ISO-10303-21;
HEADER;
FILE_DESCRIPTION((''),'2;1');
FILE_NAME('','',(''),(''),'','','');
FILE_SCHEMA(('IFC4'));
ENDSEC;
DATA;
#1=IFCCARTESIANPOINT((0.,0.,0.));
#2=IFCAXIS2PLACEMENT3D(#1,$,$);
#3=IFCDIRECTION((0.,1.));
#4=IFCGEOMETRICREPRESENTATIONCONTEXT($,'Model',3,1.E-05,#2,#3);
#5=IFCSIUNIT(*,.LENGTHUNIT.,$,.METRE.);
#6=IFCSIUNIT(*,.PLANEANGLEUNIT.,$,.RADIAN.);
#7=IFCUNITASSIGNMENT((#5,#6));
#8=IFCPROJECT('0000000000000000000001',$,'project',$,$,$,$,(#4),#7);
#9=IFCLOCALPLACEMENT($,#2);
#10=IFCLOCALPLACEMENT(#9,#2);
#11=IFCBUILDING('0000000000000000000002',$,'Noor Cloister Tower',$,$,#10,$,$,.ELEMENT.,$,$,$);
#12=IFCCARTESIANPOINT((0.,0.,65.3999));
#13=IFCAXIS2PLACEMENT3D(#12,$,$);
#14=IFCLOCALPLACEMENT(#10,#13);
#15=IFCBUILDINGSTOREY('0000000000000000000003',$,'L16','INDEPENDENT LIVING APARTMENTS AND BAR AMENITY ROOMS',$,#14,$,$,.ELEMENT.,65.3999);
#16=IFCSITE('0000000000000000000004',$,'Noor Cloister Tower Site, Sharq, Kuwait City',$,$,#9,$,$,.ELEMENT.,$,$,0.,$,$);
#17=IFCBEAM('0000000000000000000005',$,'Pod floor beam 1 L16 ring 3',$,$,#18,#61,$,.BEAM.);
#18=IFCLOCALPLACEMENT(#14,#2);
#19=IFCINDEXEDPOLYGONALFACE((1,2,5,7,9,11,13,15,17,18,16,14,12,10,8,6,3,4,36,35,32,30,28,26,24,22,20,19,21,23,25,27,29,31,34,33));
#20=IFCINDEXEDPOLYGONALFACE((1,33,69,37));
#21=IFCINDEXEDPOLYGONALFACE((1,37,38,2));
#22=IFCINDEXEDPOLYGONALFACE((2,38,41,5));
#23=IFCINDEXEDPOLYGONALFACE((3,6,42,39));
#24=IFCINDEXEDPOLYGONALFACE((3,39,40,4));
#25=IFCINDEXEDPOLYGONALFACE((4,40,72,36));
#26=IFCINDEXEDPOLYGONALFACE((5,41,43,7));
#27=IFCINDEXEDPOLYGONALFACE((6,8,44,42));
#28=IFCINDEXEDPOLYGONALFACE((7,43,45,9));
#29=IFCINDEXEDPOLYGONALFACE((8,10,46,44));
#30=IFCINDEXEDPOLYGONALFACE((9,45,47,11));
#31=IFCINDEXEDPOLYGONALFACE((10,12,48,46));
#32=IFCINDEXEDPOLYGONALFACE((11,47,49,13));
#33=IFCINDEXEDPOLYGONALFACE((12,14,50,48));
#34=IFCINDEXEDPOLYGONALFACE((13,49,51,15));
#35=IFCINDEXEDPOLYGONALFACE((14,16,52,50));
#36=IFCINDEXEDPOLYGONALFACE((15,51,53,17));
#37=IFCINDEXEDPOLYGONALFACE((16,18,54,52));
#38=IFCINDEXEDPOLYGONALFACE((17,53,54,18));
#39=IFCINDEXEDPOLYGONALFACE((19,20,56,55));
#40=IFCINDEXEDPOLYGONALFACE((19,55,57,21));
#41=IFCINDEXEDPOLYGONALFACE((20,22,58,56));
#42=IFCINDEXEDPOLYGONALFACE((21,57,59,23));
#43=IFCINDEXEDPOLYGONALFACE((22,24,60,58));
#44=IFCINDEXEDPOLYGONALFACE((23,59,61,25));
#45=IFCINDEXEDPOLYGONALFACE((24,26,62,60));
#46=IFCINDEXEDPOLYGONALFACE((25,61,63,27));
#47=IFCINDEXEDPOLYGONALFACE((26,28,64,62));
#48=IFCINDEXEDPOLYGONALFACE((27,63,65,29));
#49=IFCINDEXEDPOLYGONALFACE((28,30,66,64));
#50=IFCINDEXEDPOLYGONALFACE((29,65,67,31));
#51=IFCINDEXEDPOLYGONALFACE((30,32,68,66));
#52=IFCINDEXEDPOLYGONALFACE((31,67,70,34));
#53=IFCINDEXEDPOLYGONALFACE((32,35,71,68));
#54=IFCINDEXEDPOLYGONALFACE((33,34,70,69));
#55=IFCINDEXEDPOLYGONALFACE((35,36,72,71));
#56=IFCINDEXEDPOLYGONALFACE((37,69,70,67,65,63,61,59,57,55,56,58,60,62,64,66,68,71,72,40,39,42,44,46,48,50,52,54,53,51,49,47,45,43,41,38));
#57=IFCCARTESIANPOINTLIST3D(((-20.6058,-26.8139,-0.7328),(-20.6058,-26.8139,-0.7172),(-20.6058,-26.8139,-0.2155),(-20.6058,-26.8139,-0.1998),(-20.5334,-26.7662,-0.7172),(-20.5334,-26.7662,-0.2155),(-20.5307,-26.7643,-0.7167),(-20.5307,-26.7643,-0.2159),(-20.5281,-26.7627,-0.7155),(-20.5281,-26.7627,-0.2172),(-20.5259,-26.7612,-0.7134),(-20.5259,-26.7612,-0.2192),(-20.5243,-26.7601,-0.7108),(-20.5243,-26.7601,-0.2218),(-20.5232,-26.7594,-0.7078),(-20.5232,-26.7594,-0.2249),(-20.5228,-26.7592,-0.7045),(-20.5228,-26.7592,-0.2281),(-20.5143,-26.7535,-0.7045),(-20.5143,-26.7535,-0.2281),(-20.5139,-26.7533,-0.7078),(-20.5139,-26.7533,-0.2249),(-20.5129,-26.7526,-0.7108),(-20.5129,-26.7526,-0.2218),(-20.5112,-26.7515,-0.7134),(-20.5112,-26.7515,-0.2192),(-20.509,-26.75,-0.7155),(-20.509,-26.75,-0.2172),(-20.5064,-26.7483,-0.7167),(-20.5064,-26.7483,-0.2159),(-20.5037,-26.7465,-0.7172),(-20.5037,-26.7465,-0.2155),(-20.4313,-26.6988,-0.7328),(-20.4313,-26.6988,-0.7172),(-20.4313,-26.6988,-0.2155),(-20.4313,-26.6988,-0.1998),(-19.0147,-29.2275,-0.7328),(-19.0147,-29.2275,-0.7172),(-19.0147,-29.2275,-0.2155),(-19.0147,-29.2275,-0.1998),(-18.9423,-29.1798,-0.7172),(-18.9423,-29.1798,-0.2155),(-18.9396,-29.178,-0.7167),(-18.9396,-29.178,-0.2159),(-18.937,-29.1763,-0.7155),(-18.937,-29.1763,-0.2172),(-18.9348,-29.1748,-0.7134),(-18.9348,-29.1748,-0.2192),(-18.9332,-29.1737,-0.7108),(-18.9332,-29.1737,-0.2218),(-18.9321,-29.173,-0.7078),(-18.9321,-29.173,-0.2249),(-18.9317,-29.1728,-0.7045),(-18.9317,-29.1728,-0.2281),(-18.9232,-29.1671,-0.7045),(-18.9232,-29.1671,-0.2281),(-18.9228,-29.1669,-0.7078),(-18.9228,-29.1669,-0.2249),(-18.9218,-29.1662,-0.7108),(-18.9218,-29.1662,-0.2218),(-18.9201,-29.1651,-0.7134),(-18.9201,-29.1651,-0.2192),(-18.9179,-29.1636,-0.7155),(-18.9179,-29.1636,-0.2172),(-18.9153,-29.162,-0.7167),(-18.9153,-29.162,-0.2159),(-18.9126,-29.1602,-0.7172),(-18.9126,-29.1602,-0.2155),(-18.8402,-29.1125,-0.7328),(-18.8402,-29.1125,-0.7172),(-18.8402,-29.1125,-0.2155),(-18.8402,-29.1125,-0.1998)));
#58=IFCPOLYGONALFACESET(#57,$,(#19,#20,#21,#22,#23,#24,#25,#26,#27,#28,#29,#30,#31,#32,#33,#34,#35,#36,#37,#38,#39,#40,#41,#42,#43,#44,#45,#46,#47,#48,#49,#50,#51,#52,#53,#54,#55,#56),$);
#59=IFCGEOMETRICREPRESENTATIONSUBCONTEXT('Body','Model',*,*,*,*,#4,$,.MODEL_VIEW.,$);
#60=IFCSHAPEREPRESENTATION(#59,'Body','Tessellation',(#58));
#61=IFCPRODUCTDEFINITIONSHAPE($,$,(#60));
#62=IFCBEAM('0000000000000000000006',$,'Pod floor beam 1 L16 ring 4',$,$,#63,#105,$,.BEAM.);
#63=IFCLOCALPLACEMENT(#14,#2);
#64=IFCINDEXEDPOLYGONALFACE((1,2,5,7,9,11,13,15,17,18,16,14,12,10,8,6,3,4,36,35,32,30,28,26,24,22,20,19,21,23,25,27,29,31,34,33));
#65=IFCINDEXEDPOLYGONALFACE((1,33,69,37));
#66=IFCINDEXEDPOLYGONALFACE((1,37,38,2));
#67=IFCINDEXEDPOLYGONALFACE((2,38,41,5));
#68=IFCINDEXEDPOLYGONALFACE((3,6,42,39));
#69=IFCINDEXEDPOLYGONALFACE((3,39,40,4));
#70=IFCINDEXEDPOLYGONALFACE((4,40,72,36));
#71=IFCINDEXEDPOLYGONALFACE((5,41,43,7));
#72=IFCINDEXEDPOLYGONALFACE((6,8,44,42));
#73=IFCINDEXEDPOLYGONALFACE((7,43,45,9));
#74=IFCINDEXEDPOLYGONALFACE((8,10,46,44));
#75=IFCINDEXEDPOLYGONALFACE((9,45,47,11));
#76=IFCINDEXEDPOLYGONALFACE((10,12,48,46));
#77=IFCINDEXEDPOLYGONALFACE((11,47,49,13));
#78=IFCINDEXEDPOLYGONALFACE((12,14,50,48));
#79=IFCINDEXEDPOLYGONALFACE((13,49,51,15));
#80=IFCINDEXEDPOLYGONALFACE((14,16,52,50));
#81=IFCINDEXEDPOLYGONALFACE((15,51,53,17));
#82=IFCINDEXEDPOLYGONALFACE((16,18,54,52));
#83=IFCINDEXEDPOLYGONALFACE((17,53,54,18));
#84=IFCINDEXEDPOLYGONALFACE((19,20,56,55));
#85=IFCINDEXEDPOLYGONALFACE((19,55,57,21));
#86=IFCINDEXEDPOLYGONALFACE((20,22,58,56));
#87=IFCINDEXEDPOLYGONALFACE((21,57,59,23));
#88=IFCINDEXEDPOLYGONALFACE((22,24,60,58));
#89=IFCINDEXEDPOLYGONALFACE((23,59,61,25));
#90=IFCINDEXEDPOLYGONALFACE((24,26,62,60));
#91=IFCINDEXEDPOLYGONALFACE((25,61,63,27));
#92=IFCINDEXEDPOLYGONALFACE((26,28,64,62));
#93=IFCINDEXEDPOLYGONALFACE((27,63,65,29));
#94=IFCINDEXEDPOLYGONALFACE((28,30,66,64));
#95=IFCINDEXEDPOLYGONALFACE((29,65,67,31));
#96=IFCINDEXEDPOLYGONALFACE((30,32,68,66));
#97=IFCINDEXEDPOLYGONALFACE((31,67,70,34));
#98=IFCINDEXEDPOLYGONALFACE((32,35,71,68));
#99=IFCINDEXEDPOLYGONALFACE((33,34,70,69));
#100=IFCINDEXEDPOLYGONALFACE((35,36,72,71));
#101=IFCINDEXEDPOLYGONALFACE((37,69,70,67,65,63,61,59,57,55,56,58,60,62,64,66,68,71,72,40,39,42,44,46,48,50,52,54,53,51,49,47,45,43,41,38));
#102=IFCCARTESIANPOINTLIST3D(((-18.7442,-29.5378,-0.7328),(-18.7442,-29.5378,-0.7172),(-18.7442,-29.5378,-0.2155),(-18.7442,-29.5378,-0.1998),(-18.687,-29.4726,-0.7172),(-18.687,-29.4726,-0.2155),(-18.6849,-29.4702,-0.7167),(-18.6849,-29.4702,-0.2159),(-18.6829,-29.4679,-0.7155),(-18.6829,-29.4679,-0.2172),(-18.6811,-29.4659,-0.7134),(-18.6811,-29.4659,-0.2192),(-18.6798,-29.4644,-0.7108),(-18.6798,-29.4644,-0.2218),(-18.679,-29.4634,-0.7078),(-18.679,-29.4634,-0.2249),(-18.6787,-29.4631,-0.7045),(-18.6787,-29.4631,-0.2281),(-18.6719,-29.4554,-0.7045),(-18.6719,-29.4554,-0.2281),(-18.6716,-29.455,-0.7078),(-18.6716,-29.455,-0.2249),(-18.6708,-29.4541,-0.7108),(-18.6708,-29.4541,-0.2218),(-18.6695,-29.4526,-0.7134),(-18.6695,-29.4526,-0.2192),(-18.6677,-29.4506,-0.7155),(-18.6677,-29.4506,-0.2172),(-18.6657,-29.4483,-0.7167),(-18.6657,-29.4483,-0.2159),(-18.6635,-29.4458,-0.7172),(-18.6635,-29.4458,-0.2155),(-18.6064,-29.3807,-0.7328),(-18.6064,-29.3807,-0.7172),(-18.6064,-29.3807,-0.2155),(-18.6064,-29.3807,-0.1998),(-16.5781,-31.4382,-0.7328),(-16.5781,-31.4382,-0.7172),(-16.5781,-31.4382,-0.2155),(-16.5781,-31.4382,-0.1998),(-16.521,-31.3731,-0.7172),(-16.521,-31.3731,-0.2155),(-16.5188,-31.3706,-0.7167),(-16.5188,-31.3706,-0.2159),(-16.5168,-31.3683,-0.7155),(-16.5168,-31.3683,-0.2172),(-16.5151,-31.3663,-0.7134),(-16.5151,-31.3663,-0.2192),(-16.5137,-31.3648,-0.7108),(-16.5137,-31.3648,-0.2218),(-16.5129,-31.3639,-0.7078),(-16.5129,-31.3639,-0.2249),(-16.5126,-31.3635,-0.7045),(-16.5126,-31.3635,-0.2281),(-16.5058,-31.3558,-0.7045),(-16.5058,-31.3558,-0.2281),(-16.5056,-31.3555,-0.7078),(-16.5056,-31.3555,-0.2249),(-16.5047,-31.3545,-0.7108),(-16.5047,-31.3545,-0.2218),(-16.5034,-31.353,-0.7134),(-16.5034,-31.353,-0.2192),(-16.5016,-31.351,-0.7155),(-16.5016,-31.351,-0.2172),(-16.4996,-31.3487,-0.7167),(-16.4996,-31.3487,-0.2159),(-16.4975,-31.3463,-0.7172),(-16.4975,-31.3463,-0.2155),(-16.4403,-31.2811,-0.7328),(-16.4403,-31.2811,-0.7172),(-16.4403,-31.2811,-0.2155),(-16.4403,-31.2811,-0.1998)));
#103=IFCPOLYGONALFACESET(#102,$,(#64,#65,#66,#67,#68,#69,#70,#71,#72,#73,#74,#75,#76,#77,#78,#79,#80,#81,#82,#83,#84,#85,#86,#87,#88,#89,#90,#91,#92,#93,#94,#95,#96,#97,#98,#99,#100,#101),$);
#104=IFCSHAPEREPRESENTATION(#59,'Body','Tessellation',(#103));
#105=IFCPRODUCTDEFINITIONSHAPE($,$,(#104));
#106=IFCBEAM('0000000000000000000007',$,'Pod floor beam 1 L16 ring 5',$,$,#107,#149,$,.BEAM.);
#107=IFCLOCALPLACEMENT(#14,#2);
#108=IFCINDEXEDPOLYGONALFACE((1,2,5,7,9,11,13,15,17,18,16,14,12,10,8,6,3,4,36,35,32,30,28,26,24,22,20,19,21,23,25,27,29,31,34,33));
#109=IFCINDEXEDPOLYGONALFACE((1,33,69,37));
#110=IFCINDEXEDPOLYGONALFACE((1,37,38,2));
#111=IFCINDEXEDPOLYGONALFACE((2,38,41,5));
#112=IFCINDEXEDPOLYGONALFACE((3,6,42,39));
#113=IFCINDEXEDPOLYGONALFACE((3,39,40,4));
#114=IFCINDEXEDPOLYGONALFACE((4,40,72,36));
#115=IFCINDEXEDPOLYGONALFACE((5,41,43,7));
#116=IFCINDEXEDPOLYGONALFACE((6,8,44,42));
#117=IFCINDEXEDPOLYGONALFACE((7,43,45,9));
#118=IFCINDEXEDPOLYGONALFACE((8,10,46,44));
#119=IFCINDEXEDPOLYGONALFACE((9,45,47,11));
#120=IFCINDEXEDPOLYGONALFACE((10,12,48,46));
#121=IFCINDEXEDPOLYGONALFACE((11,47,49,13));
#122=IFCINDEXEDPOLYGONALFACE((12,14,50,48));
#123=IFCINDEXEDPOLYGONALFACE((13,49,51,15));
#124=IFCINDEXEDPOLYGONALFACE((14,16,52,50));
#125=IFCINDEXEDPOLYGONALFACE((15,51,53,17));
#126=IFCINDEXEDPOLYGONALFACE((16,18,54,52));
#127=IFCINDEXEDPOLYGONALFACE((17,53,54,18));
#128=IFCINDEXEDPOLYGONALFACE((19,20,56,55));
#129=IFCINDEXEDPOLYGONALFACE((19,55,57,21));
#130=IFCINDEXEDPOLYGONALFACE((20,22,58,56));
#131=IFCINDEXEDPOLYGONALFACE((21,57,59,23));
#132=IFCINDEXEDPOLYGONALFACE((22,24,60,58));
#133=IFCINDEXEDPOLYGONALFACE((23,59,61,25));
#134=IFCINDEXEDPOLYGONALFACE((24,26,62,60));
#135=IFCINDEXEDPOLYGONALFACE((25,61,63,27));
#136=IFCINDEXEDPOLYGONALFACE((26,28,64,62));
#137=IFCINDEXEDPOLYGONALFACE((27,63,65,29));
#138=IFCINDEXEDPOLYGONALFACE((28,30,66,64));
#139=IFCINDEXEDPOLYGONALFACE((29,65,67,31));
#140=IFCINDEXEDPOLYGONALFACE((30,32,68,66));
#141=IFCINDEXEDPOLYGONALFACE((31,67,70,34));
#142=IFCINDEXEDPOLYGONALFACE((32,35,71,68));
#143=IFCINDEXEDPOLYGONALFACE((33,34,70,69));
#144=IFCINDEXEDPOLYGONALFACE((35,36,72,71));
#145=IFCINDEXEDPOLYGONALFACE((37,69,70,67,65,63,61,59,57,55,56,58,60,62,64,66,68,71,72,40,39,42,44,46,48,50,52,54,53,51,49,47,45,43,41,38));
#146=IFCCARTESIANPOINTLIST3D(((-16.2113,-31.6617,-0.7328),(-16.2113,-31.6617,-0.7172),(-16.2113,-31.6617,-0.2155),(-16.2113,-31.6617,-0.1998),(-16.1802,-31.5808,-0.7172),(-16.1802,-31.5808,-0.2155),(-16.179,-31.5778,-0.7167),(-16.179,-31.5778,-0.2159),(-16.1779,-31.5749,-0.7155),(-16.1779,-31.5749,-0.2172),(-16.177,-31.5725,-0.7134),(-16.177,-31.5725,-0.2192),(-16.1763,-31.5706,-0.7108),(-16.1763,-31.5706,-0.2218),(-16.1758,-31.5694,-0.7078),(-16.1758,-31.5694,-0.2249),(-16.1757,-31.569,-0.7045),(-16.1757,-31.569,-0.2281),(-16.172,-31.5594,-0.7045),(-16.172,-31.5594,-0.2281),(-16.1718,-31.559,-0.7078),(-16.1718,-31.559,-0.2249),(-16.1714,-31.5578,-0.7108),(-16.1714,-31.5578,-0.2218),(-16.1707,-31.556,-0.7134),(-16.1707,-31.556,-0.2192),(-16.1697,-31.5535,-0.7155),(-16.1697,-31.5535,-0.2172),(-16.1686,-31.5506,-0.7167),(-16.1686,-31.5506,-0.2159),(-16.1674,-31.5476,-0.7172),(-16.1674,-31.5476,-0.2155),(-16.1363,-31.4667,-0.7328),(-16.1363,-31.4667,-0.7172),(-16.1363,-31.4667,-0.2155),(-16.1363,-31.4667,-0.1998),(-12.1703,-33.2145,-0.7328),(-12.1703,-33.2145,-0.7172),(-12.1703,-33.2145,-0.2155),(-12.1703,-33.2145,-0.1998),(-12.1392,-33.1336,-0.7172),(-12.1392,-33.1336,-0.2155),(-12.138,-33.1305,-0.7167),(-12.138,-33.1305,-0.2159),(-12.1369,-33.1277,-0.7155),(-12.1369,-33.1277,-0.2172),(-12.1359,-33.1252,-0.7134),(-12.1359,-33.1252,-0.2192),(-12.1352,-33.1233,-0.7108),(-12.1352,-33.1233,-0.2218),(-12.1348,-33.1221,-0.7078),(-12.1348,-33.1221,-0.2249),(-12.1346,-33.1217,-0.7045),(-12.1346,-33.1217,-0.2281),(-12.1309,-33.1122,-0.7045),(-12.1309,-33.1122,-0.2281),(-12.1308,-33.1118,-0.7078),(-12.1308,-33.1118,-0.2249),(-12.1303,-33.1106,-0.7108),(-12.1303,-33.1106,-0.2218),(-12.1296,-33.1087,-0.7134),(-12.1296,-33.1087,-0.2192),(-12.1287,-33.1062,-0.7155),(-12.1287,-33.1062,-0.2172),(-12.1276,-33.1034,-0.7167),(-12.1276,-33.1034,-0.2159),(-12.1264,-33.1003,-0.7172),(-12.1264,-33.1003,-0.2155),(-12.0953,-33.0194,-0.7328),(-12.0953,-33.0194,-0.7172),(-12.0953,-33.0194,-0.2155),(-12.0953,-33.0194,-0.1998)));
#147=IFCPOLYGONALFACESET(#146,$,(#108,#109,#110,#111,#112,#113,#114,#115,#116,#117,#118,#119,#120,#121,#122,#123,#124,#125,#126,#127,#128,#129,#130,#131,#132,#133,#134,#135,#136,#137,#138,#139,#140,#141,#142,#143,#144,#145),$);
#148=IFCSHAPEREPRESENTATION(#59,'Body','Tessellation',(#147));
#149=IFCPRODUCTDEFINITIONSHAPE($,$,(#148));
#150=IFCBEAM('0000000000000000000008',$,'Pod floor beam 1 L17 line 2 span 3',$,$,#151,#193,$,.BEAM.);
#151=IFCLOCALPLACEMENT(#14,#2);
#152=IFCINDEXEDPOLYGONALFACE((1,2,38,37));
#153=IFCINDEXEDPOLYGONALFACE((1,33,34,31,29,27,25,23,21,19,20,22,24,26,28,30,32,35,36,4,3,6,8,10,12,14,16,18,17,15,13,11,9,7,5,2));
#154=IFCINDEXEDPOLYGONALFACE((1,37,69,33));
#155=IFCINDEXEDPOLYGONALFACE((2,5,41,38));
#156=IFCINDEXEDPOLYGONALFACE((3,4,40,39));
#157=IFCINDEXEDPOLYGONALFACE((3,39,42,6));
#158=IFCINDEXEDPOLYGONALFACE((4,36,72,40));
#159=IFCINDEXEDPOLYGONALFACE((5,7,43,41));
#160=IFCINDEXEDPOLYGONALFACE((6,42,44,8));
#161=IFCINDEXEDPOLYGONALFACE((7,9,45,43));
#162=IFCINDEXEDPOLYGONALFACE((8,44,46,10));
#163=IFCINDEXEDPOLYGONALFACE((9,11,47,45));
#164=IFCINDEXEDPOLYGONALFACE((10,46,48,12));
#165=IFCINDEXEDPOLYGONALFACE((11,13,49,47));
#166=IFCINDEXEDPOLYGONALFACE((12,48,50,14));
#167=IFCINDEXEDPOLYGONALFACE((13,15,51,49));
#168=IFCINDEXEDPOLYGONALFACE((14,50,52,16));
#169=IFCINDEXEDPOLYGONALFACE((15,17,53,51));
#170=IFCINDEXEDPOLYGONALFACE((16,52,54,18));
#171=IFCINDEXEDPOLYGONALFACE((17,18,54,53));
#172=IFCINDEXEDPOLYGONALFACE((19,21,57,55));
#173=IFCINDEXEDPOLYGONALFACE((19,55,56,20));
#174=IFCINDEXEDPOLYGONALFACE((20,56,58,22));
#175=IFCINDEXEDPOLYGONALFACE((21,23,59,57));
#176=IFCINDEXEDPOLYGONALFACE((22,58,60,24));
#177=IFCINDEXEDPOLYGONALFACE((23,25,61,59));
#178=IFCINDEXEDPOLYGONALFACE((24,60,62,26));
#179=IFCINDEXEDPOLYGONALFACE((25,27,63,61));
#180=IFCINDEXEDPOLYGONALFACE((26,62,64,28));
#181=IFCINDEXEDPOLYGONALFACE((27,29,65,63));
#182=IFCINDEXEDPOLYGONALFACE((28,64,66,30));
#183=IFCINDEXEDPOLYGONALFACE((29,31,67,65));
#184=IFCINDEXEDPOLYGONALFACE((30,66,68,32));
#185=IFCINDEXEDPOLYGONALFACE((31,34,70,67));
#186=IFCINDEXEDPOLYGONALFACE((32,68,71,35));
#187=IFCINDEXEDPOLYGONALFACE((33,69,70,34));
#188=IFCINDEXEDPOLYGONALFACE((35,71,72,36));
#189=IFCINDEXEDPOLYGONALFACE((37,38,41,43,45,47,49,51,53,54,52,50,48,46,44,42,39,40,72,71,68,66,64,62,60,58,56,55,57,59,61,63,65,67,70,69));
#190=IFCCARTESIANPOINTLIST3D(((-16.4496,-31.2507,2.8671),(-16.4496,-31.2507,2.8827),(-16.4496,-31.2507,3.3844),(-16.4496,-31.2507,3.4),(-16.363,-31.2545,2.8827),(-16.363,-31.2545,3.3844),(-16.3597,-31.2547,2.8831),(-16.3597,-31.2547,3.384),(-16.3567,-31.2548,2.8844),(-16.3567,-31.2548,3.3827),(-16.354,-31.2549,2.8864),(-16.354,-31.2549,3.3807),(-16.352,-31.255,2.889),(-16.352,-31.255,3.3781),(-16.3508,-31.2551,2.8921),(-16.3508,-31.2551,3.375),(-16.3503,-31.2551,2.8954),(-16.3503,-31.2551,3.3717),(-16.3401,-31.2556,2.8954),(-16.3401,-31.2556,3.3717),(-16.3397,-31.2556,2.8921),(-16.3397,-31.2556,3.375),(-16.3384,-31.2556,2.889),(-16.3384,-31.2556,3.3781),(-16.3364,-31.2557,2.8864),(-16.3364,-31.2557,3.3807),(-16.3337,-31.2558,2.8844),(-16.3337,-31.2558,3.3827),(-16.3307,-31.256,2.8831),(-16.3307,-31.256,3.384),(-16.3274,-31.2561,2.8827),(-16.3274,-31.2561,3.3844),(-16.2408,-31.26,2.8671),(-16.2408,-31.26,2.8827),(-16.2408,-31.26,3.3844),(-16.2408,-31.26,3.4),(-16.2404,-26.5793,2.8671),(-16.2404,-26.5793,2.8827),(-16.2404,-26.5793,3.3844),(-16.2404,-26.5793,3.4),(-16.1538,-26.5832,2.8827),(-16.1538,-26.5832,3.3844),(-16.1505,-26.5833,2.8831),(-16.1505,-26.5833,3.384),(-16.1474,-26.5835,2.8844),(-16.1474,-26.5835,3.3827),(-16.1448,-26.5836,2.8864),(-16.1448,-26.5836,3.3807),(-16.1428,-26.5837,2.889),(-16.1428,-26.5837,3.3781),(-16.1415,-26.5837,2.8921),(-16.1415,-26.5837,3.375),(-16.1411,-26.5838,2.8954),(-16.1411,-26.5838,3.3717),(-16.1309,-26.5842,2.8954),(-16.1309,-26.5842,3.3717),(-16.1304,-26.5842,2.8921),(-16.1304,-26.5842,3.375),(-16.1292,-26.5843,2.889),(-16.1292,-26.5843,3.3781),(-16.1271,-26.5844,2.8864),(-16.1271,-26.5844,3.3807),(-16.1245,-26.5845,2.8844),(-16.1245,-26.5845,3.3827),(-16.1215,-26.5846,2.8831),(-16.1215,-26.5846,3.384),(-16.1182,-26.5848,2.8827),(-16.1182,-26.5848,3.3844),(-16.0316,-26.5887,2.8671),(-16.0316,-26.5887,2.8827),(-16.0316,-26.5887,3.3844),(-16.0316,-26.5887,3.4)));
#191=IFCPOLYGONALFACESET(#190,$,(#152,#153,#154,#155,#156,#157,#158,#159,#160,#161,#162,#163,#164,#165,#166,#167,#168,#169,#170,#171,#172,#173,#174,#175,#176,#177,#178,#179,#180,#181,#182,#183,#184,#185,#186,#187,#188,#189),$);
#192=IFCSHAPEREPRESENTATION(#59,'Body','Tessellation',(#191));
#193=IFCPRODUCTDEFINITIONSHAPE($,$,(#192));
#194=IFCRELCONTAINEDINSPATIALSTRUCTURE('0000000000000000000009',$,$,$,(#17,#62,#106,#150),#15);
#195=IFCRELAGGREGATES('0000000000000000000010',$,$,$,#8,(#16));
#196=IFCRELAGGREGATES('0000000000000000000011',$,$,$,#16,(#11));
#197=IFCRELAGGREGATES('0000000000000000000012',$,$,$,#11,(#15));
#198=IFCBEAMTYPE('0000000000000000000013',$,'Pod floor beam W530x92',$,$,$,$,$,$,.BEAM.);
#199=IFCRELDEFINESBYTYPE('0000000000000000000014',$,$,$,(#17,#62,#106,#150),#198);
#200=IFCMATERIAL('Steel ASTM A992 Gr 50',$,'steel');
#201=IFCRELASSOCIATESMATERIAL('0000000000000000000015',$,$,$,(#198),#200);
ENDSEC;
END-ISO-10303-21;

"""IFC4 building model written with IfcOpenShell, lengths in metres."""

from ifc_helpers import new_model, si_unit, direction, frame, origin, origin_2d, place, context, subcontext, project, spatial, i_section, extrude, material, material_profile, profile_set, type_object, element, save


model = new_model("IFC4")

# Units and contexts
model_context = context("Model", 3, precision=1e-05, world=origin(), true_north=direction((0.0, 1.0)))
body_context = subcontext(model_context, "Body", "Model", "MODEL_VIEW")
ifc_project = project(units=[si_unit("LENGTHUNIT", "METRE"), si_unit("PLANEANGLEUNIT", "RADIAN")], contexts=[model_context])

# Site, building, storey
site_placement = place(None, origin())
site = spatial("IfcSite", under=ifc_project, at=site_placement, Name="Noor Cloister Tower Site, Sharq, Kuwait City", CompositionType="ELEMENT", RefElevation=0.0)
building_placement = place(site_placement, origin())
building = spatial("IfcBuilding", under=site, at=building_placement, Name="Noor Cloister Tower", CompositionType="ELEMENT")
storey_placement = place(building_placement, frame((0.0, 0.0, 65.3999)))
storey = spatial("IfcBuildingStorey", under=building, at=storey_placement, Name="L16", Description="INDEPENDENT LIVING APARTMENTS AND BAR AMENITY ROOMS", CompositionType="ELEMENT", Elevation=65.3999)

# Beams
ifc_material_1 = material(Name="Steel ASTM A992 Gr 50", Category="steel")
ifc_material_profile_1 = material_profile(ifc_material_1, i_section(OverallWidth=0.209, OverallDepth=0.533, WebThickness=0.0103, FlangeThickness=0.0156, FilletRadius=0.0127, at=origin_2d()), Name="W530x92")
ifc_profile_set_1 = profile_set([ifc_material_profile_1], Name="Steel ASTM A992 Gr 50")
beam_type = type_object("IfcBeamType", Name="Pod floor beam W530x92", PredefinedType="BEAM", material=ifc_profile_set_1)
beam_1_placement = place(storey_placement, frame((-20.5186, -26.7563, -0.4663), z_axis=(0.550386, -0.834911, 0.0), x_axis=(0.834911, 0.550386, 0.0)))
element("IfcBeam", 1, at=beam_1_placement, inside=storey, type_object=beam_type, Name="Pod floor beam 1 L16 ring 3", PredefinedType="BEAM", context=body_context, shape_type="SweptSolid", body=[
    extrude(i_section(OverallWidth=0.209, OverallDepth=0.533, WebThickness=0.0103, FlangeThickness=0.0156, FilletRadius=0.0127, at=origin_2d()), origin(), (0.0, 0.0, 1.0), 2.8909),
])
beam_2_placement = place(storey_placement, frame((-18.6753, -29.4592, -0.4663), z_axis=(0.751694, -0.659512, 0.0), x_axis=(0.659512, 0.751694, 0.0)))
element("IfcBeam", 2, at=beam_2_placement, inside=storey, type_object=beam_type, Name="Pod floor beam 1 L16 ring 4", PredefinedType="BEAM", context=body_context, shape_type="SweptSolid", body=[
    extrude(i_section(OverallWidth=0.209, OverallDepth=0.533, WebThickness=0.0103, FlangeThickness=0.0156, FilletRadius=0.0127, at=origin_2d()), origin(), (0.0, 0.0, 1.0), 2.8816),
])
beam_3_placement = place(storey_placement, frame((-16.1738, -31.5642, -0.4663), z_axis=(0.933462, -0.358677, 0.0), x_axis=(0.358677, 0.933462, 0.0)))
element("IfcBeam", 3, at=beam_3_placement, inside=storey, type_object=beam_type, Name="Pod floor beam 1 L16 ring 5", PredefinedType="BEAM", context=body_context, shape_type="SweptSolid", body=[
    extrude(i_section(OverallWidth=0.209, OverallDepth=0.533, WebThickness=0.0103, FlangeThickness=0.0156, FilletRadius=0.0127, at=origin_2d()), origin(), (0.0, 0.0, 1.0), 4.3291),
])
beam_4_placement = place(storey_placement, frame((-16.136, -26.584, 3.1335), z_axis=(-0.044745, -0.998998, 0.0), x_axis=(0.998998, -0.044745, 0.0)))
element("IfcBeam", 4, at=beam_4_placement, inside=storey, type_object=beam_type, Name="Pod floor beam 1 L17 line 2 span 3", PredefinedType="BEAM", context=body_context, shape_type="SweptSolid", body=[
    extrude(i_section(OverallWidth=0.209, OverallDepth=0.533, WebThickness=0.0103, FlangeThickness=0.0156, FilletRadius=0.0127, at=origin_2d()), origin(), (0.0, 0.0, 1.0), 4.676),
])

save(model, "model.ifc")
